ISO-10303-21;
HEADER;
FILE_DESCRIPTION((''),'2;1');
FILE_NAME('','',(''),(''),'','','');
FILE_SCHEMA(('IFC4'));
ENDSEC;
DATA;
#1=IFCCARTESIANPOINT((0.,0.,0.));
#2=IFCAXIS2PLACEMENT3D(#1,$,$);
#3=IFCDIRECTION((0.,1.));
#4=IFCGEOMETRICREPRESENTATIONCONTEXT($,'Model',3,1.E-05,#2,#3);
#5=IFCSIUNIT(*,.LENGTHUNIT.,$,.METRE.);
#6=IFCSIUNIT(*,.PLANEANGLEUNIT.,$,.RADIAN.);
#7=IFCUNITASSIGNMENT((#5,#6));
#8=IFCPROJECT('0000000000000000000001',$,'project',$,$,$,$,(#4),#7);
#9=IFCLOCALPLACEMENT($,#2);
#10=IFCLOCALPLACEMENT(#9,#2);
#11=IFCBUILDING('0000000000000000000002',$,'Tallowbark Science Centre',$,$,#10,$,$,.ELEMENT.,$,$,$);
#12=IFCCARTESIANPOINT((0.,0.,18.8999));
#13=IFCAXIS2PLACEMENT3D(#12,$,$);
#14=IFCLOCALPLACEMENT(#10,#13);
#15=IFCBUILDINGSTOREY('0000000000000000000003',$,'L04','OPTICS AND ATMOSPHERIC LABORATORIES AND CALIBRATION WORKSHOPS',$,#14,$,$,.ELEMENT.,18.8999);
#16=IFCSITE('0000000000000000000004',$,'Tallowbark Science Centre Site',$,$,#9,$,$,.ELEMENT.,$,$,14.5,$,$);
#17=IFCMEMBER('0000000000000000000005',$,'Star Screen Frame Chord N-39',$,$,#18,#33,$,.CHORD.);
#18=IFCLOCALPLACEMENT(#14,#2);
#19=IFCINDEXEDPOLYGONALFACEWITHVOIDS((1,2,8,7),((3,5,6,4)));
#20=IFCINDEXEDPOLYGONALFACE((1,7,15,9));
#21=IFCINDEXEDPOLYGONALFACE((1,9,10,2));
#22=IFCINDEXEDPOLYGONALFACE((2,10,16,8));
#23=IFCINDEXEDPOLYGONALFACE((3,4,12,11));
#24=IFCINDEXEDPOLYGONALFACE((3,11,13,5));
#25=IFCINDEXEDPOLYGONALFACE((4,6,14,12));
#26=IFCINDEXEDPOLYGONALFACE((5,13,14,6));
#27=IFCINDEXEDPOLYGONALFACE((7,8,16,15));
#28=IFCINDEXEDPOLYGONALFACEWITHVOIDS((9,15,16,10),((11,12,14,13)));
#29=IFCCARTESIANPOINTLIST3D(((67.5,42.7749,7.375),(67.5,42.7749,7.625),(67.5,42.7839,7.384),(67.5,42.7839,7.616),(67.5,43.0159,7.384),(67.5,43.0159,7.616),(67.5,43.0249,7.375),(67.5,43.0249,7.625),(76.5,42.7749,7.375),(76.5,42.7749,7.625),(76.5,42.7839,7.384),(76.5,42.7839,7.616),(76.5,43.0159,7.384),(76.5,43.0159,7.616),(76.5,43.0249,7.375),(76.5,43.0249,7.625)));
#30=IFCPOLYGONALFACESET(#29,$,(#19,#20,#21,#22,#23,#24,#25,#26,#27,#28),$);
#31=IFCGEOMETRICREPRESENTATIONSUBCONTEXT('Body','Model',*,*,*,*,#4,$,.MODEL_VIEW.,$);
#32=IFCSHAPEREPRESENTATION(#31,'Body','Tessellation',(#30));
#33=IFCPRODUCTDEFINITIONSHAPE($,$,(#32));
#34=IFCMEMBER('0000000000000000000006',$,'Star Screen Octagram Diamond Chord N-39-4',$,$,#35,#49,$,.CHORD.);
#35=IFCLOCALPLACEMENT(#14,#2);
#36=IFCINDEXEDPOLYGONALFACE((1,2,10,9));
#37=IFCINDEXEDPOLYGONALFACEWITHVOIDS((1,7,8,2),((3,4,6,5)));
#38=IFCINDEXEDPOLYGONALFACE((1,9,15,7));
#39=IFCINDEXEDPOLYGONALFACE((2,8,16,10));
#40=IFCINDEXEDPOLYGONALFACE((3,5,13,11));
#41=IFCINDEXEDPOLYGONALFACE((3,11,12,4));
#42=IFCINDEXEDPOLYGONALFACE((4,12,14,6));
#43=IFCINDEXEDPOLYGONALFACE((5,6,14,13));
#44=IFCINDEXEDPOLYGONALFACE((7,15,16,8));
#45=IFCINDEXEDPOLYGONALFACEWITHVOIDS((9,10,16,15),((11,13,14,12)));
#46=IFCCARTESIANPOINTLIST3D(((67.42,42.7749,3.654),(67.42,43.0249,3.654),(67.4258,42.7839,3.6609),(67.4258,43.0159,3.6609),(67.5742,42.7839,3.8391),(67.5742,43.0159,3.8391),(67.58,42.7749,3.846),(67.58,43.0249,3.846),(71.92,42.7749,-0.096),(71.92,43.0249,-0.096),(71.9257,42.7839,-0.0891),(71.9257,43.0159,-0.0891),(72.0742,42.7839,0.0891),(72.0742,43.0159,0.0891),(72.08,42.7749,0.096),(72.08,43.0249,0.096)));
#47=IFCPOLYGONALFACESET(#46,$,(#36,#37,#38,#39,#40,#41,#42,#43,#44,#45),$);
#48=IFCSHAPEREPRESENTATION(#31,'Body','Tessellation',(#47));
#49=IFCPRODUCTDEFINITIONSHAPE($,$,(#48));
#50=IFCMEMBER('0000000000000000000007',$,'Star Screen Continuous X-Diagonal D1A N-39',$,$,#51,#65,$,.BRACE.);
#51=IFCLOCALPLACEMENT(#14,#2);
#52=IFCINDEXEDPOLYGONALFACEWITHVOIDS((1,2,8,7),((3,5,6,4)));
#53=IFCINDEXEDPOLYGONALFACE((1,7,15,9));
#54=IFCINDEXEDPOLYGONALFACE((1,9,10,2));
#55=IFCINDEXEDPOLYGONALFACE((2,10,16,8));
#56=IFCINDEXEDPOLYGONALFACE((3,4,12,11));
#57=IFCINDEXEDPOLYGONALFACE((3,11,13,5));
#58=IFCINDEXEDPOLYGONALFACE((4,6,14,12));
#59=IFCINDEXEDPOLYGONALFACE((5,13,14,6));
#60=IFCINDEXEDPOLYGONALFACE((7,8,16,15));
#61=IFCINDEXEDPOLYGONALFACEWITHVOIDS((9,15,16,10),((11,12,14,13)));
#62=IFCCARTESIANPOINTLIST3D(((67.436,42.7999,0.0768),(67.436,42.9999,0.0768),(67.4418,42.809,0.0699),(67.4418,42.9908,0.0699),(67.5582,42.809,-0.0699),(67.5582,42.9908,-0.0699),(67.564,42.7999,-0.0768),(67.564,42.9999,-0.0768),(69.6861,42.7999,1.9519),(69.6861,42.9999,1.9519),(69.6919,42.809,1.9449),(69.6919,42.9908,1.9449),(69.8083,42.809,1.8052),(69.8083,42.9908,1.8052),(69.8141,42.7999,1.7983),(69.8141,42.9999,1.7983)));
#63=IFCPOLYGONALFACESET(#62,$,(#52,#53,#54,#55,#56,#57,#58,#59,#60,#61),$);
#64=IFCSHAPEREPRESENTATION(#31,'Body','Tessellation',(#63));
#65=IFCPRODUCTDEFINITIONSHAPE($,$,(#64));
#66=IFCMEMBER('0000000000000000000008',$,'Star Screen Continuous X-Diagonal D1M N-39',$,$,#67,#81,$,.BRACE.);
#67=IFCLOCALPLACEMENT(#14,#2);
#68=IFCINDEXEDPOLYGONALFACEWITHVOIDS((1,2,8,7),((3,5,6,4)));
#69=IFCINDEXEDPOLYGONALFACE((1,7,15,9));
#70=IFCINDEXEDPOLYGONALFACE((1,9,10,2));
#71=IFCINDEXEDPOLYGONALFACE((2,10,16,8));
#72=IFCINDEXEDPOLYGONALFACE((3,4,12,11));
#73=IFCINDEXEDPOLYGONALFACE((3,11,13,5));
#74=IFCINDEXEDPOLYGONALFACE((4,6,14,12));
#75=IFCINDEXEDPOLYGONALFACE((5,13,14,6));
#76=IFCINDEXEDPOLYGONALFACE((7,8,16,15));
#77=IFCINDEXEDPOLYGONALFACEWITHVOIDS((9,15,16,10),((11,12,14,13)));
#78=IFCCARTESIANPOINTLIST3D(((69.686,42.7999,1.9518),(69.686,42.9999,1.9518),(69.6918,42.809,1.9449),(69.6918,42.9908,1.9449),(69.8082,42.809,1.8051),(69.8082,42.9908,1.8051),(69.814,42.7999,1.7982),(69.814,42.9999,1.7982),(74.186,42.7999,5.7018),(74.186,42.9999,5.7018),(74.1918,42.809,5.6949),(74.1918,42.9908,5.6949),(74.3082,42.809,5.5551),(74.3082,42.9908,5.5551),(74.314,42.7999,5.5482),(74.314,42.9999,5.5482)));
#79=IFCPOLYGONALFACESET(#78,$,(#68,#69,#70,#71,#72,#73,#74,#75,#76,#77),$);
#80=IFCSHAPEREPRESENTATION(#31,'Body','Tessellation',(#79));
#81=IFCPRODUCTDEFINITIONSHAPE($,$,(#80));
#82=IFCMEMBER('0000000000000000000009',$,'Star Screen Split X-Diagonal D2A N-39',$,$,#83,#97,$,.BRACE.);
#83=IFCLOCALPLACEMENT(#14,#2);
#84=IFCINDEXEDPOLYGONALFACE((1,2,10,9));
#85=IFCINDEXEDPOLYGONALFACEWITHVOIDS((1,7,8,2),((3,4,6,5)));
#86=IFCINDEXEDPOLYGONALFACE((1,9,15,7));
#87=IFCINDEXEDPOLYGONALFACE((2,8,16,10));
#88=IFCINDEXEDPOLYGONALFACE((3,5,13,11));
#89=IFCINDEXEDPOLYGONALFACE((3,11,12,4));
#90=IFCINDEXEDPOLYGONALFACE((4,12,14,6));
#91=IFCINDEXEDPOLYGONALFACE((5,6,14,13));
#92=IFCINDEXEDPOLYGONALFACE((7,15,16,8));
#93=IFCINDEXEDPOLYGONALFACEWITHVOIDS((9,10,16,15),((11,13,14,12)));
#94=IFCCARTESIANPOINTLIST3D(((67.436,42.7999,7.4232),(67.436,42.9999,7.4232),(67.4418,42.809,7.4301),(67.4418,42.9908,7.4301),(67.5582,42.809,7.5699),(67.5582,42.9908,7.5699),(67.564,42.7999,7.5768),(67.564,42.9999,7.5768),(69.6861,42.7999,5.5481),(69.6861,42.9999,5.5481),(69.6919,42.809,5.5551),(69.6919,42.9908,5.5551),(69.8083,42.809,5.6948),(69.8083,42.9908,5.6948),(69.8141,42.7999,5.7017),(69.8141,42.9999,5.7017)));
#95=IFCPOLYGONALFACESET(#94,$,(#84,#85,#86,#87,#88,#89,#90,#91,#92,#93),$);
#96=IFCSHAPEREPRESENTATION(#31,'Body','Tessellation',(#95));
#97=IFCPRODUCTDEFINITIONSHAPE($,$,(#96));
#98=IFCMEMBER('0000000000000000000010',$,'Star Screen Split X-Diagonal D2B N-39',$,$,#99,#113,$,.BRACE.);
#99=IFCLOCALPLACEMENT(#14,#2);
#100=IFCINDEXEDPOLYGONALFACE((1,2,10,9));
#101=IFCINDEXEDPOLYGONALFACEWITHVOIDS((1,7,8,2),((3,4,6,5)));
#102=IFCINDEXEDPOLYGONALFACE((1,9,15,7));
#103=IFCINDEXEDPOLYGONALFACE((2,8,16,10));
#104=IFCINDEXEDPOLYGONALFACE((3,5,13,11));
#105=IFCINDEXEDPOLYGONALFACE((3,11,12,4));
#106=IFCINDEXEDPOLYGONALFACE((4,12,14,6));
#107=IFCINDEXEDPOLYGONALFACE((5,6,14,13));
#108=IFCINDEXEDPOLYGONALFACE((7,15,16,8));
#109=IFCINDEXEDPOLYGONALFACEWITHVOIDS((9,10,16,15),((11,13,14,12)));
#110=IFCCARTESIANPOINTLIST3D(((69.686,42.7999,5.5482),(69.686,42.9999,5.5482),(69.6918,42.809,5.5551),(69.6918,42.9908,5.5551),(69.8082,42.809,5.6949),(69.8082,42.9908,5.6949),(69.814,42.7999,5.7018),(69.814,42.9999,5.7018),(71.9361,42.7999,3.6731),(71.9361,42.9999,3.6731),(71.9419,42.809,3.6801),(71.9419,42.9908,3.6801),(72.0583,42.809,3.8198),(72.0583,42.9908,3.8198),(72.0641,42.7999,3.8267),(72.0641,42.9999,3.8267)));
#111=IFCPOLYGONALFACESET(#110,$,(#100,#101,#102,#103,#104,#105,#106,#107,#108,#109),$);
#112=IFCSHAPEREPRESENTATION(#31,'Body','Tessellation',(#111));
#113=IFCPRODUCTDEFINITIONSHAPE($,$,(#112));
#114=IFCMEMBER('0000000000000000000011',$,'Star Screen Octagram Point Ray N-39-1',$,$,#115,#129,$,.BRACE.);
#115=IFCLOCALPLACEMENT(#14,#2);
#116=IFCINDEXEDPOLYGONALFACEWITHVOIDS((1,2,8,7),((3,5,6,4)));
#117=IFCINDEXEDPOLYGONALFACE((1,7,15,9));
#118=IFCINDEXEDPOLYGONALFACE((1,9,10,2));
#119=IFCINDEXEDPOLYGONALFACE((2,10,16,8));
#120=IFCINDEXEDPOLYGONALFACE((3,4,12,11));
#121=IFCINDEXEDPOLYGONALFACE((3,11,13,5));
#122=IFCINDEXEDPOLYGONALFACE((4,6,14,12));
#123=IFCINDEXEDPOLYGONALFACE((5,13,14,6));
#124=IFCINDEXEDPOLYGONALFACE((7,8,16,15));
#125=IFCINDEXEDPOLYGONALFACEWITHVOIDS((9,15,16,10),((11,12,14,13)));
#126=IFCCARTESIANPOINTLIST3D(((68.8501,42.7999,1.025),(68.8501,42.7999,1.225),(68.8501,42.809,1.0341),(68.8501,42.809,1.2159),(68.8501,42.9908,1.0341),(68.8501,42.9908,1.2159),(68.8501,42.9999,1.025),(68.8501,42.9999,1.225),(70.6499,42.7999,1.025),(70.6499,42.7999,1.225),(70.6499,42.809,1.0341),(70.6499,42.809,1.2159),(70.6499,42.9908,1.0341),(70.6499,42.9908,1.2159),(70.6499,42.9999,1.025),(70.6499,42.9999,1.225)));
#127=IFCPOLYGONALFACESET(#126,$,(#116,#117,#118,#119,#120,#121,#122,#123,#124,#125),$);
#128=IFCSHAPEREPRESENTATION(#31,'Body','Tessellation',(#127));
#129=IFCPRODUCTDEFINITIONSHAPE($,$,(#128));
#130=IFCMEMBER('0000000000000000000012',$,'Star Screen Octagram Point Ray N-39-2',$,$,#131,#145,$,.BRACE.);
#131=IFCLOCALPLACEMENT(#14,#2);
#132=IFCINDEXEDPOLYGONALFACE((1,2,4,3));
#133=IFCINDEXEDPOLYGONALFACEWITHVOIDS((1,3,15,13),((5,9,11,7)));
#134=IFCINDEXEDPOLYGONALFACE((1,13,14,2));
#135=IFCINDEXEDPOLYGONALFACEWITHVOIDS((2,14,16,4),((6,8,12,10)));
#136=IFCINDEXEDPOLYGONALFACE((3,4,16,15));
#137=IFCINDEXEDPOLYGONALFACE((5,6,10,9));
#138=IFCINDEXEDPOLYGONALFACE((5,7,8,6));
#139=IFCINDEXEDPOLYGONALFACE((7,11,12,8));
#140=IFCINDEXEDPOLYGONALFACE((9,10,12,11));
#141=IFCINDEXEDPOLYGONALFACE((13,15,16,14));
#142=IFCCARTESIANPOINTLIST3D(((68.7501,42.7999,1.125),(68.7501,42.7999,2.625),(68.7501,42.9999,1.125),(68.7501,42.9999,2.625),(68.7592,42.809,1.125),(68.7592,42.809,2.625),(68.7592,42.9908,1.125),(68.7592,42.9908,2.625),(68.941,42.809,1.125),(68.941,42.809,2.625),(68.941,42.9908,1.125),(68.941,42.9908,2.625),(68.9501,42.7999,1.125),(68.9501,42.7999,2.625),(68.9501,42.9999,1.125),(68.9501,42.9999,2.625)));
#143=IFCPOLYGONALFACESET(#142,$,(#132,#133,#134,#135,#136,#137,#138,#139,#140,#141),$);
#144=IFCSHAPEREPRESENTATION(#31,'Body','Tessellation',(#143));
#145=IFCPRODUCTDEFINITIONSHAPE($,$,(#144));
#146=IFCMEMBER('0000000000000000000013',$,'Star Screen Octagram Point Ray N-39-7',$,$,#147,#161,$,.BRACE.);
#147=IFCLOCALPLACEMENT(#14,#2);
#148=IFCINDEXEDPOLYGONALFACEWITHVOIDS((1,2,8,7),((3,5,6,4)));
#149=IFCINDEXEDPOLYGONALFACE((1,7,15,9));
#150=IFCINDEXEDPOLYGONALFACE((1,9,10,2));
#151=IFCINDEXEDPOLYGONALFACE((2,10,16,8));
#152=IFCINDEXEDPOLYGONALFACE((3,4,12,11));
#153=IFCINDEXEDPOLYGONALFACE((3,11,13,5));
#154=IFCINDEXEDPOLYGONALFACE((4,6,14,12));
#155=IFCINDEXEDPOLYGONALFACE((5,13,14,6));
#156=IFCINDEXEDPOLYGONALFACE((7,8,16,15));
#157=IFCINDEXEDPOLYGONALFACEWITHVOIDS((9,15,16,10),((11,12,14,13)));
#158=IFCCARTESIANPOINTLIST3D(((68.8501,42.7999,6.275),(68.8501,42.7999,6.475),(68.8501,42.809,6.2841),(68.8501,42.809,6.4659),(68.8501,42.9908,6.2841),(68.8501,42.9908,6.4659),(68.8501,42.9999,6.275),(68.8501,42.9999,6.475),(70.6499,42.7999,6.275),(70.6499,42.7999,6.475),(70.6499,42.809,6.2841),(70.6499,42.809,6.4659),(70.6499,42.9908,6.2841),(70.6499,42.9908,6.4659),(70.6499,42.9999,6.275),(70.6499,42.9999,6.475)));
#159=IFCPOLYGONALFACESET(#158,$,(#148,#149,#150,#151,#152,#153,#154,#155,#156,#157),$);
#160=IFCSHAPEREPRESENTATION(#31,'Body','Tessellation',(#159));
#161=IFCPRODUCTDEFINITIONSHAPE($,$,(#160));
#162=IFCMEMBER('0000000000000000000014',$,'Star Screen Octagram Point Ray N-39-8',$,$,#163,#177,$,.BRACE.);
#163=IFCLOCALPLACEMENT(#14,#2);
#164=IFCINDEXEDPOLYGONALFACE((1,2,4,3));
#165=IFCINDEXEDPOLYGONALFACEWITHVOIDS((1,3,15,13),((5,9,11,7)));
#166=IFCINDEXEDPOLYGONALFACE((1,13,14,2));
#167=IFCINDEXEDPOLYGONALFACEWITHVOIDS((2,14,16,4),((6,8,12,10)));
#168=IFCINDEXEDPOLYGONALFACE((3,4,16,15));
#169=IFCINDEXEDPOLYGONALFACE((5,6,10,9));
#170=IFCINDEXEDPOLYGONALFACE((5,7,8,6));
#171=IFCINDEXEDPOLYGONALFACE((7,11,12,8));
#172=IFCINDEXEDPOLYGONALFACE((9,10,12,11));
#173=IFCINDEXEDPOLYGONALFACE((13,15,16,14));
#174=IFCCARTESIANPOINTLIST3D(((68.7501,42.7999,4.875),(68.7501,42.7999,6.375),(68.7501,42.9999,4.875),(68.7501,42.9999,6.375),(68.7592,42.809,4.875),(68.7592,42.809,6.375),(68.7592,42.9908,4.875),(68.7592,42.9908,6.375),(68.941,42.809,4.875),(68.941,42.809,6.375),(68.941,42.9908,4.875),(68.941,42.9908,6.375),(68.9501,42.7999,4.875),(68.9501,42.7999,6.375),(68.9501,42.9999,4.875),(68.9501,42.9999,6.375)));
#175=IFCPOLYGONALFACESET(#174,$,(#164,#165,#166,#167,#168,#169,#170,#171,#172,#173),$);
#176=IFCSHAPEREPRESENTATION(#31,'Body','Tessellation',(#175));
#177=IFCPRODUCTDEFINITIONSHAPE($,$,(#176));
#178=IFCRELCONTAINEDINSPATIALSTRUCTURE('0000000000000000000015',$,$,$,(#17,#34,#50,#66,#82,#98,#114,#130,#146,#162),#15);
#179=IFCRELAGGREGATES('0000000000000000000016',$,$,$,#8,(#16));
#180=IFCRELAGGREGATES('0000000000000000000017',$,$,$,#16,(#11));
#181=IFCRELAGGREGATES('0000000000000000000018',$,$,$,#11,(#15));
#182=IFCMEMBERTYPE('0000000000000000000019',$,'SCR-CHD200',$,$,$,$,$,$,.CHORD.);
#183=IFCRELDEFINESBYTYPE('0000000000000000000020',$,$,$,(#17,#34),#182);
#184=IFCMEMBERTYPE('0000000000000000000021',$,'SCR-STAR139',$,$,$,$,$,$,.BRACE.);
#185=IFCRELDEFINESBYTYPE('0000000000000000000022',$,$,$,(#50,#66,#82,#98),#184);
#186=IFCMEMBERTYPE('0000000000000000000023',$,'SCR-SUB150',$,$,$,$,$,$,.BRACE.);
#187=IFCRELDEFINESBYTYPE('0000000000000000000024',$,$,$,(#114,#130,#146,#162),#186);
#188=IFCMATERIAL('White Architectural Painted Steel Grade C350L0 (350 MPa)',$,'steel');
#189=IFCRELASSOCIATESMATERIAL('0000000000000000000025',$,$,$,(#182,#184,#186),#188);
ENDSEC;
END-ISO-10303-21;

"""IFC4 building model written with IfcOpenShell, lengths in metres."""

from ifc_helpers import new_model, si_unit, direction, frame, origin, origin_2d, place, context, subcontext, project, spatial, hollow_rectangle, extrude, material, material_profile, profile_set, type_object, element, save


model = new_model("IFC4")

# Units and contexts
model_context = context("Model", 3, precision=1e-05, world=origin(), true_north=direction((0.0, 1.0)))
body_context = subcontext(model_context, "Body", "Model", "MODEL_VIEW")
ifc_project = project(units=[si_unit("LENGTHUNIT", "METRE"), si_unit("PLANEANGLEUNIT", "RADIAN")], contexts=[model_context])

# Site, building, storey
site_placement = place(None, origin())
site = spatial("IfcSite", under=ifc_project, at=site_placement, Name="Tallowbark Science Centre Site", CompositionType="ELEMENT", RefElevation=14.5)
building_placement = place(site_placement, origin())
building = spatial("IfcBuilding", under=site, at=building_placement, Name="Tallowbark Science Centre", CompositionType="ELEMENT")
storey_placement = place(building_placement, frame((0.0, 0.0, 18.8999)))
storey = spatial("IfcBuildingStorey", under=building, at=storey_placement, Name="L04", Description="OPTICS AND ATMOSPHERIC LABORATORIES AND CALIBRATION WORKSHOPS", CompositionType="ELEMENT", Elevation=18.8999)

# Members
ifc_material_1 = material(Name="White Architectural Painted Steel Grade C350L0 (350 MPa)", Category="steel")
ifc_material_profile_1 = material_profile(ifc_material_1, hollow_rectangle(XDim=0.25, YDim=0.25, WallThickness=0.009, at=origin_2d()), Name="250x250x9.0SHS")
ifc_profile_set_1 = profile_set([ifc_material_profile_1], Name="White Architectural Painted Steel Grade C350L0 (350 MPa)")
member_type_1 = type_object("IfcMemberType", Name="SCR-CHD200", PredefinedType="CHORD", material=ifc_profile_set_1)
member_1_placement = place(storey_placement, frame((67.5, 42.8999, 7.5), z_axis=(1.0, 0.0, 0.0), x_axis=(0.0, 1.0, 0.0)))
element("IfcMember", 1, at=member_1_placement, inside=storey, type_object=member_type_1, Name="Star Screen Frame Chord N-39", PredefinedType="CHORD", context=body_context, shape_type="SweptSolid", body=[
    extrude(hollow_rectangle(XDim=0.25, YDim=0.25, WallThickness=0.009, at=origin_2d()), origin(), (0.0, 0.0, 1.0), 9.0),
])
member_2_placement = place(storey_placement, frame((67.5, 42.8999, 3.75), z_axis=(0.768221, 0.0, -0.640184), x_axis=(0.0, 1.0, 0.0)))
element("IfcMember", 2, at=member_2_placement, inside=storey, type_object=member_type_1, Name="Star Screen Octagram Diamond Chord N-39-4", PredefinedType="CHORD", context=body_context, shape_type="SweptSolid", body=[
    extrude(hollow_rectangle(XDim=0.25, YDim=0.25, WallThickness=0.009, at=origin_2d()), origin(), (0.0, 0.0, 1.0), 5.8577),
])
ifc_material_profile_2 = material_profile(ifc_material_1, hollow_rectangle(XDim=0.2, YDim=0.2, WallThickness=0.009, at=origin_2d()), Name="200x200x9.0SHS")
ifc_profile_set_2 = profile_set([ifc_material_profile_2], Name="White Architectural Painted Steel Grade C350L0 (350 MPa)")
member_type_2 = type_object("IfcMemberType", Name="SCR-STAR139", PredefinedType="BRACE", material=ifc_profile_set_2)
member_3_placement = place(storey_placement, frame((67.5, 42.8999, 0.0), z_axis=(0.768221, 0.0, 0.640184), x_axis=(0.0, 1.0, 0.0)))
element("IfcMember", 3, at=member_3_placement, inside=storey, type_object=member_type_2, Name="Star Screen Continuous X-Diagonal D1A N-39", PredefinedType="BRACE", context=body_context, shape_type="SweptSolid", body=[
    extrude(hollow_rectangle(XDim=0.2, YDim=0.2, WallThickness=0.009, at=origin_2d()), origin(), (0.0, 0.0, 1.0), 2.929),
])
member_4_placement = place(storey_placement, frame((69.75, 42.8999, 1.875), z_axis=(0.768221, 0.0, 0.640184), x_axis=(0.0, 1.0, 0.0)))
element("IfcMember", 4, at=member_4_placement, inside=storey, type_object=member_type_2, Name="Star Screen Continuous X-Diagonal D1M N-39", PredefinedType="BRACE", context=body_context, shape_type="SweptSolid", body=[
    extrude(hollow_rectangle(XDim=0.2, YDim=0.2, WallThickness=0.009, at=origin_2d()), origin(), (0.0, 0.0, 1.0), 5.8577),
])
for number, where, z_axis, x_axis, name in (
    (5, (67.5, 42.8999, 7.5), (0.768221, 0.0, -0.640184), (0.0, 1.0, 0.0), "Star Screen Split X-Diagonal D2A N-39"),
    (6, (69.75, 42.8999, 5.625), (0.768221, 0.0, -0.640184), (0.0, 1.0, 0.0), "Star Screen Split X-Diagonal D2B N-39"),
):
    element("IfcMember", number, at=place(storey_placement, frame(where, z_axis=z_axis, x_axis=x_axis)), inside=storey, type_object=member_type_2, Name=name, PredefinedType="BRACE", context=body_context, shape_type="SweptSolid", body=[
        extrude(hollow_rectangle(XDim=0.2, YDim=0.2, WallThickness=0.009, at=origin_2d()), origin(), (0.0, 0.0, 1.0), 2.929),
    ])
ifc_material_profile_3 = material_profile(ifc_material_1, hollow_rectangle(XDim=0.2, YDim=0.2, WallThickness=0.009, at=origin_2d()), Name="200x200x9.0SHS")
ifc_profile_set_3 = profile_set([ifc_material_profile_3], Name="White Architectural Painted Steel Grade C350L0 (350 MPa)")
member_type_3 = type_object("IfcMemberType", Name="SCR-SUB150", PredefinedType="BRACE", material=ifc_profile_set_3)
member_5_placement = place(storey_placement, frame((68.8501, 42.8999, 1.125), z_axis=(1.0, 0.0, 0.0), x_axis=(0.0, 1.0, 0.0)))
element("IfcMember", 7, at=member_5_placement, inside=storey, type_object=member_type_3, Name="Star Screen Octagram Point Ray N-39-1", PredefinedType="BRACE", context=body_context, shape_type="SweptSolid", body=[
    extrude(hollow_rectangle(XDim=0.2, YDim=0.2, WallThickness=0.009, at=origin_2d()), origin(), (0.0, 0.0, 1.0), 1.7998),
])
member_6_placement = place(storey_placement, frame((68.8501, 42.8999, 1.125), z_axis=(0.0, 0.0, 1.0), x_axis=(1.0, 0.0, 0.0)))
element("IfcMember", 8, at=member_6_placement, inside=storey, type_object=member_type_3, Name="Star Screen Octagram Point Ray N-39-2", PredefinedType="BRACE", context=body_context, shape_type="SweptSolid", body=[
    extrude(hollow_rectangle(XDim=0.2, YDim=0.2, WallThickness=0.009, at=origin_2d()), origin(), (0.0, 0.0, 1.0), 1.5),
])
member_7_placement = place(storey_placement, frame((68.8501, 42.8999, 6.375), z_axis=(1.0, 0.0, 0.0), x_axis=(0.0, 1.0, 0.0)))
element("IfcMember", 9, at=member_7_placement, inside=storey, type_object=member_type_3, Name="Star Screen Octagram Point Ray N-39-7", PredefinedType="BRACE", context=body_context, shape_type="SweptSolid", body=[
    extrude(hollow_rectangle(XDim=0.2, YDim=0.2, WallThickness=0.009, at=origin_2d()), origin(), (0.0, 0.0, 1.0), 1.7998),
])
member_8_placement = place(storey_placement, frame((68.8501, 42.8999, 6.375), z_axis=(0.0, 0.0, -1.0), x_axis=(1.0, 0.0, 0.0)))
element("IfcMember", 10, at=member_8_placement, inside=storey, type_object=member_type_3, Name="Star Screen Octagram Point Ray N-39-8", PredefinedType="BRACE", context=body_context, shape_type="SweptSolid", body=[
    extrude(hollow_rectangle(XDim=0.2, YDim=0.2, WallThickness=0.009, at=origin_2d()), origin(), (0.0, 0.0, 1.0), 1.5),
])

save(model, "model.ifc")
